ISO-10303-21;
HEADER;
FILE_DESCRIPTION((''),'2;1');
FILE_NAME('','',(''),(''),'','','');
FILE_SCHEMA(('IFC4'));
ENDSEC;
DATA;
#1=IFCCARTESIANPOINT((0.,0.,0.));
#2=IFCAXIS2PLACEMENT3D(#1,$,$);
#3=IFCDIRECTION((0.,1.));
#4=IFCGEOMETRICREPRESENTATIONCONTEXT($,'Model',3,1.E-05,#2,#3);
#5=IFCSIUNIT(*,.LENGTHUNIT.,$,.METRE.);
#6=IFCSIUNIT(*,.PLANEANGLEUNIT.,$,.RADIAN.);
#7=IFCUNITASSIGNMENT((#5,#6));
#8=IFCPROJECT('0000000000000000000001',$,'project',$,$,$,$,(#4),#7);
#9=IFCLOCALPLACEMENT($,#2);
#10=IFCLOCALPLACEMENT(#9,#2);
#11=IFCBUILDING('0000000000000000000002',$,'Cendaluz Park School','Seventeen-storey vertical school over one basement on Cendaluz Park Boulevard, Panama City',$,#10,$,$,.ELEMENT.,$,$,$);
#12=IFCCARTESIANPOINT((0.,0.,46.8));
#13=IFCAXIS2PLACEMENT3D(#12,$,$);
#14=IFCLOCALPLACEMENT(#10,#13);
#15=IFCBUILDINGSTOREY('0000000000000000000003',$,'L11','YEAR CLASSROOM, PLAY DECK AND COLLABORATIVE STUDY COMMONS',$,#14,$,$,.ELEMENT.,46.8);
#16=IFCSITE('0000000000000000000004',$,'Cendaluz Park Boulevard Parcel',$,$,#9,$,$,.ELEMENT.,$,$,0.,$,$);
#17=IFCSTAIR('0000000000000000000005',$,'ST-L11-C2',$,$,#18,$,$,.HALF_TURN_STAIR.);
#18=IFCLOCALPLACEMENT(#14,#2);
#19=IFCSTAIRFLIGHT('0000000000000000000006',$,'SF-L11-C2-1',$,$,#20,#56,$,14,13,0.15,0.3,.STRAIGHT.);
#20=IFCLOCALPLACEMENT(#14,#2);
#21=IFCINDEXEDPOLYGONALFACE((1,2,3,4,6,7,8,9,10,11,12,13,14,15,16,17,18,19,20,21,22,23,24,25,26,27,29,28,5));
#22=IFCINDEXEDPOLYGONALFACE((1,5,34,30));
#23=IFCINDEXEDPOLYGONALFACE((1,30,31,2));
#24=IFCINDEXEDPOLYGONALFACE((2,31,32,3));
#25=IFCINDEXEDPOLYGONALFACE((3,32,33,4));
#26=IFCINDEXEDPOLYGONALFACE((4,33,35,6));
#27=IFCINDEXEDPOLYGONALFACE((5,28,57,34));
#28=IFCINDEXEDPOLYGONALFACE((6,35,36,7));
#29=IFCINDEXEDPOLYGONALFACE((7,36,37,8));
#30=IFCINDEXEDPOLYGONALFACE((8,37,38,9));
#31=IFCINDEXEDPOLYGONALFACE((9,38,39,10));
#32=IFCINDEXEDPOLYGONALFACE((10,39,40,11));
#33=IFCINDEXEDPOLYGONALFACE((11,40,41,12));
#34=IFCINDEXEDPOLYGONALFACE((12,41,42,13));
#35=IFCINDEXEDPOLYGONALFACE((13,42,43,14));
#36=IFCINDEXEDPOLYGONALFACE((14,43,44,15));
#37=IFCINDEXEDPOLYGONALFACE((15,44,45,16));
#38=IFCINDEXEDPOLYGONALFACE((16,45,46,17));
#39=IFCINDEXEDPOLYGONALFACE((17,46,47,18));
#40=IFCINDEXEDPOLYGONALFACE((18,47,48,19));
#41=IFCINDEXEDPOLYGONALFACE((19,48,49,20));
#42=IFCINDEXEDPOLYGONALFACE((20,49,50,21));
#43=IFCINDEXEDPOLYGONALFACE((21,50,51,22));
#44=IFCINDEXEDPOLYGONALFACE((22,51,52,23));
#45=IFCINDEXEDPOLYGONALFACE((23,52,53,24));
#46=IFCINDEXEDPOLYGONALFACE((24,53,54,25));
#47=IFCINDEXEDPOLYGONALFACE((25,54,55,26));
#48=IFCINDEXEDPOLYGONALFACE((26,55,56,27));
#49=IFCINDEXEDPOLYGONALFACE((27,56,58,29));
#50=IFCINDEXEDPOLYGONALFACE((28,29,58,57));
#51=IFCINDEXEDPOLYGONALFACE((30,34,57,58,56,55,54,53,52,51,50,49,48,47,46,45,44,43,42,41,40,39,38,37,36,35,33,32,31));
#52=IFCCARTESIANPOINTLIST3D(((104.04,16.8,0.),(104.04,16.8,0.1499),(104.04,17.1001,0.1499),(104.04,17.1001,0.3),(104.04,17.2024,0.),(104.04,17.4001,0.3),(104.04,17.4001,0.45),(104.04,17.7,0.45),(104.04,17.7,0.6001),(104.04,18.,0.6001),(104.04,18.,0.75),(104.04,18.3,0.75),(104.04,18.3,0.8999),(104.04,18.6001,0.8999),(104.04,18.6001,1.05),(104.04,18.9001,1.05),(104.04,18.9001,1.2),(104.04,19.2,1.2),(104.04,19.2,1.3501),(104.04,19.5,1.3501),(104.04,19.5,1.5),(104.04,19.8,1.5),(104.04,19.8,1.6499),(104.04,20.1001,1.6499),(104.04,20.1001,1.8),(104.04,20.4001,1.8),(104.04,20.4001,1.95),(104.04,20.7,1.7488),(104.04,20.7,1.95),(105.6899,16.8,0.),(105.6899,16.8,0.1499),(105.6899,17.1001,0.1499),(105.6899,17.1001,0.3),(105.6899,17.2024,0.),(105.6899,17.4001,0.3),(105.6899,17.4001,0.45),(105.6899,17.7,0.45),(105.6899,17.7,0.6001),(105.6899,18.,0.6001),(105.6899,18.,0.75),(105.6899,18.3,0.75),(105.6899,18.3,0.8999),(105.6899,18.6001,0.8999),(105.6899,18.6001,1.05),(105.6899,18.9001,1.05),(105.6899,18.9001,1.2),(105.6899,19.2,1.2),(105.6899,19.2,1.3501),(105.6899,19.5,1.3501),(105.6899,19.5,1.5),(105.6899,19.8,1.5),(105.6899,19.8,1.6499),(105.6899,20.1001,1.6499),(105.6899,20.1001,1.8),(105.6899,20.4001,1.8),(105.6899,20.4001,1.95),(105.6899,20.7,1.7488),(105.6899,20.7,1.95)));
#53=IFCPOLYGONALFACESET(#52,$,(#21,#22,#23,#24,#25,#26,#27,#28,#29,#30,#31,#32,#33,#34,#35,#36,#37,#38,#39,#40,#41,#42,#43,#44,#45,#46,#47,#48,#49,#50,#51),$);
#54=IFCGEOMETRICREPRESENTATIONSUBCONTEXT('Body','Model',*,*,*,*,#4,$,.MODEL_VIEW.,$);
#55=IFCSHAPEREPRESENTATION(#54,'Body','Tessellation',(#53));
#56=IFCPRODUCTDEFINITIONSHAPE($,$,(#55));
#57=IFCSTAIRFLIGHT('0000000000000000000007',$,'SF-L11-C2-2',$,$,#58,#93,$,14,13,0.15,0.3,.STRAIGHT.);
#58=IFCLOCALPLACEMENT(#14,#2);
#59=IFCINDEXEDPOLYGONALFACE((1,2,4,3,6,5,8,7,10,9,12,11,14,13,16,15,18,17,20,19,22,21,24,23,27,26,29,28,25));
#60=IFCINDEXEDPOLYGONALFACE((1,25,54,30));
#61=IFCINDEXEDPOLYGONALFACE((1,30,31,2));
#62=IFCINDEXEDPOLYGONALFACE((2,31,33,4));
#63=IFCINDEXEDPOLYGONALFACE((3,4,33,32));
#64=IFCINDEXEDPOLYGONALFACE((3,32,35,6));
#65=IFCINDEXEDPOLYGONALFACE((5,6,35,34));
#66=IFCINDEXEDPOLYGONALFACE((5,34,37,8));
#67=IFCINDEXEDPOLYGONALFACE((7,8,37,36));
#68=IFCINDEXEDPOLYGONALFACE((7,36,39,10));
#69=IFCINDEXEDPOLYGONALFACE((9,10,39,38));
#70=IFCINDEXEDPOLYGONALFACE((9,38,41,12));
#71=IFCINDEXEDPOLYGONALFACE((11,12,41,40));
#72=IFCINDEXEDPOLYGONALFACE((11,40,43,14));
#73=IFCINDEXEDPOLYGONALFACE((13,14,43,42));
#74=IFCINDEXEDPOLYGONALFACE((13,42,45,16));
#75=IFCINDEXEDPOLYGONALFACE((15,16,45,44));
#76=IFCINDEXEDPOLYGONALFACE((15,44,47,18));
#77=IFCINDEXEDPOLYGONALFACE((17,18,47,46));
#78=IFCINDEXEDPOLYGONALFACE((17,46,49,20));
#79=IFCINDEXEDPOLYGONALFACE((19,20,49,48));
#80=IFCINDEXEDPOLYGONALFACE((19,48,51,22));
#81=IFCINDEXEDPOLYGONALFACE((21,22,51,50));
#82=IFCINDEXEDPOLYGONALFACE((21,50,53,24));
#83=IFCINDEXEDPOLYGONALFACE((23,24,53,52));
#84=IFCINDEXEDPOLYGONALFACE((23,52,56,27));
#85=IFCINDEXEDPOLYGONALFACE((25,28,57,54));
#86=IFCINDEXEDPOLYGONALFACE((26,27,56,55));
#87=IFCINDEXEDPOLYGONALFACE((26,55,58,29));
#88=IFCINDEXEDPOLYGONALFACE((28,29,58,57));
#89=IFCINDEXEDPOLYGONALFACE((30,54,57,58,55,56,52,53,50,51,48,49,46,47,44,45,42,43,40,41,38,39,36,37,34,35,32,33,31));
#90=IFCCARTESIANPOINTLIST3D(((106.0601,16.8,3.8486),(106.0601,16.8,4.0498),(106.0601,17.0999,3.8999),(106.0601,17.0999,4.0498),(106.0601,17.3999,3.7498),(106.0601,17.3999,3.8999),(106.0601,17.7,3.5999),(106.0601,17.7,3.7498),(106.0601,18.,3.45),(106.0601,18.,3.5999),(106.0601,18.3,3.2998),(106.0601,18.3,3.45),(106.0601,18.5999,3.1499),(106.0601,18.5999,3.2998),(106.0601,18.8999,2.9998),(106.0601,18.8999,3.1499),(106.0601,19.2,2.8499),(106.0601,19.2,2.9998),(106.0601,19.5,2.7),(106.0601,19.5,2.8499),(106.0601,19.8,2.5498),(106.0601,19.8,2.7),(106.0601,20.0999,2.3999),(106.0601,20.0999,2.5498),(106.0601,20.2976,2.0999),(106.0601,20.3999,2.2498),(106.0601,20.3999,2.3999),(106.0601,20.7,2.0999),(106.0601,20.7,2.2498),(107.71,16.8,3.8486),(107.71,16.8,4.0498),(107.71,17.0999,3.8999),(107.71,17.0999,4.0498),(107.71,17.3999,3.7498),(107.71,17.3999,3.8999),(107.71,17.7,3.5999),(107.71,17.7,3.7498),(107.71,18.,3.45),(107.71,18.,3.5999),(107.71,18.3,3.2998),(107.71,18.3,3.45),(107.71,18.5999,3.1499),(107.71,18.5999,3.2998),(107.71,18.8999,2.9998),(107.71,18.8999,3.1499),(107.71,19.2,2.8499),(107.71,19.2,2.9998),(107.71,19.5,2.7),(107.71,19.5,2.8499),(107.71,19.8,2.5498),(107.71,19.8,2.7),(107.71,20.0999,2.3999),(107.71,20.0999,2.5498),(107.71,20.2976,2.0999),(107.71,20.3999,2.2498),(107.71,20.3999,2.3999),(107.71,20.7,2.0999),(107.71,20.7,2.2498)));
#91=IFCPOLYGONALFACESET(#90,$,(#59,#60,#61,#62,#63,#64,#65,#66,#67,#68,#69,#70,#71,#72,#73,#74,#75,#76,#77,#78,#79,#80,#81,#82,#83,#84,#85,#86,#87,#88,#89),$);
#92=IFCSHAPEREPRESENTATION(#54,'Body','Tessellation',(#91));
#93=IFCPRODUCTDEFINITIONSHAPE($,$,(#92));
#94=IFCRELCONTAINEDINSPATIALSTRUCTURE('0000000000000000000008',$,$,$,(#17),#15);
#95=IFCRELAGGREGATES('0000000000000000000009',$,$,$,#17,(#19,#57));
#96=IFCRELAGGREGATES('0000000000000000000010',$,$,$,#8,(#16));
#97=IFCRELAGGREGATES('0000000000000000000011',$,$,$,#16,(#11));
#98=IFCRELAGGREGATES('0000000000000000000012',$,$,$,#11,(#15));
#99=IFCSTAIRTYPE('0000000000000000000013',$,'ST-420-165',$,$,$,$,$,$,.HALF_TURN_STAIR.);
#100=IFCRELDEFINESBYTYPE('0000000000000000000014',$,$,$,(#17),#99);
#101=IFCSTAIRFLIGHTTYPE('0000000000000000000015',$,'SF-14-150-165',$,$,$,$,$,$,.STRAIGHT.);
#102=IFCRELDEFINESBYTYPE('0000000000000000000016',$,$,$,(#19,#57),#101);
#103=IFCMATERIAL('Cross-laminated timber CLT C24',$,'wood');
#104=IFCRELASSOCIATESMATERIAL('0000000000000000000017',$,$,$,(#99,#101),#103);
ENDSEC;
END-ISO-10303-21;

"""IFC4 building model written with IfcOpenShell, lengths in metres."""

from ifc_helpers import new_model, si_unit, direction, frame, origin, place, context, subcontext, project, spatial, polyline, outline, extrude, material, type_object, element, aggregate, save


model = new_model("IFC4")

# Units and contexts
model_context = context("Model", 3, precision=1e-05, world=origin(), true_north=direction((0.0, 1.0)))
body_context = subcontext(model_context, "Body", "Model", "MODEL_VIEW")
ifc_project = project(units=[si_unit("LENGTHUNIT", "METRE"), si_unit("PLANEANGLEUNIT", "RADIAN")], contexts=[model_context])

# Site, building, storey
site_placement = place(None, origin())
site = spatial("IfcSite", under=ifc_project, at=site_placement, Name="Cendaluz Park Boulevard Parcel", CompositionType="ELEMENT", RefElevation=0.0)
building_placement = place(site_placement, origin())
building = spatial("IfcBuilding", under=site, at=building_placement, Name="Cendaluz Park School", Description="Seventeen-storey vertical school over one basement on Cendaluz Park Boulevard, Panama City", CompositionType="ELEMENT")
storey_placement = place(building_placement, frame((0.0, 0.0, 46.8)))
storey = spatial("IfcBuildingStorey", under=building, at=storey_placement, Name="L11", Description="YEAR CLASSROOM, PLAY DECK AND COLLABORATIVE STUDY COMMONS", CompositionType="ELEMENT", Elevation=46.8)

# Shared definitions
ifc_material_1 = material(Name="Cross-laminated timber CLT C24", Category="wood")

# Stair, stair flights
stair_type = type_object("IfcStairType", Name="ST-420-165", PredefinedType="HALF_TURN_STAIR", material=ifc_material_1)
stair_placement = place(storey_placement, origin())
stair = element("IfcStair", 1, at=stair_placement, inside=storey, type_object=stair_type, Name="ST-L11-C2", PredefinedType="HALF_TURN_STAIR")
stair_flight_type = type_object("IfcStairFlightType", Name="SF-14-150-165", PredefinedType="STRAIGHT", material=ifc_material_1)
stair_flight_1_placement = place(storey_placement, frame((104.865, 16.8, 0.0), z_axis=(0.0, 0.0, 1.0), x_axis=(0.0, 1.0, 0.0)))
stair_flight_1 = element("IfcStairFlight", 2, at=stair_flight_1_placement, type_object=stair_flight_type, Name="SF-L11-C2-1", NumberOfRisers=14, NumberOfTreads=13, PredefinedType="STRAIGHT", RiserHeight=0.15, TreadLength=0.3, context=body_context, shape_type="SweptSolid", body=[
    extrude(outline(polyline([(0.0, 0.0), (0.0, 0.1499), (0.3, 0.1499), (0.3, 0.3), (0.6001, 0.3), (0.6001, 0.45), (0.8999, 0.45), (0.8999, 0.6001), (1.2, 0.6001), (1.2, 0.75), (1.5, 0.75), (1.5, 0.8999), (1.8, 0.8999), (1.8, 1.05), (2.1001, 1.05), (2.1001, 1.2), (2.3999, 1.2), (2.3999, 1.3501), (2.7, 1.3501), (2.7, 1.5), (3.0, 1.5), (3.0, 1.6499), (3.3, 1.6499), (3.3, 1.8), (3.6001, 1.8), (3.6001, 1.95), (3.8999, 1.95), (3.8999, 2.1001), (3.8999, 1.7488), (0.4023, 0.0), (0.0, 0.0)])), frame((0.0, 0.825, 0.0), z_axis=(0.0, -1.0, 0.0), x_axis=(1.0, 0.0, 0.0)), (0.0, 0.0, 1.0), 1.6499),
])
stair_flight_2_placement = place(storey_placement, frame((106.885, 20.7, 2.0999), z_axis=(0.0, 0.0, 1.0), x_axis=(0.0, -1.0, 0.0)))
stair_flight_2 = element("IfcStairFlight", 3, at=stair_flight_2_placement, type_object=stair_flight_type, Name="SF-L11-C2-2", NumberOfRisers=14, NumberOfTreads=13, PredefinedType="STRAIGHT", RiserHeight=0.15, TreadLength=0.3, context=body_context, shape_type="SweptSolid", body=[
    extrude(outline(polyline([(0.0, 0.0), (0.0, 0.1499), (0.3, 0.1499), (0.3, 0.3), (0.6001, 0.3), (0.6001, 0.45), (0.8999, 0.45), (0.8999, 0.6001), (1.2, 0.6001), (1.2, 0.75), (1.5, 0.75), (1.5, 0.8999), (1.8, 0.8999), (1.8, 1.05), (2.1001, 1.05), (2.1001, 1.2), (2.3999, 1.2), (2.3999, 1.3501), (2.7, 1.3501), (2.7, 1.5), (3.0, 1.5), (3.0, 1.6499), (3.3, 1.6499), (3.3, 1.8), (3.6001, 1.8), (3.6001, 1.95), (3.8999, 1.95), (3.8999, 2.1001), (3.8999, 1.7488), (0.4023, 0.0), (0.0, 0.0)])), frame((0.0, 0.825, 0.0), z_axis=(0.0, -1.0, 0.0), x_axis=(1.0, 0.0, 0.0)), (0.0, 0.0, 1.0), 1.6499),
])
aggregate(stair, [stair_flight_1, stair_flight_2])

save(model, "model.ifc")
